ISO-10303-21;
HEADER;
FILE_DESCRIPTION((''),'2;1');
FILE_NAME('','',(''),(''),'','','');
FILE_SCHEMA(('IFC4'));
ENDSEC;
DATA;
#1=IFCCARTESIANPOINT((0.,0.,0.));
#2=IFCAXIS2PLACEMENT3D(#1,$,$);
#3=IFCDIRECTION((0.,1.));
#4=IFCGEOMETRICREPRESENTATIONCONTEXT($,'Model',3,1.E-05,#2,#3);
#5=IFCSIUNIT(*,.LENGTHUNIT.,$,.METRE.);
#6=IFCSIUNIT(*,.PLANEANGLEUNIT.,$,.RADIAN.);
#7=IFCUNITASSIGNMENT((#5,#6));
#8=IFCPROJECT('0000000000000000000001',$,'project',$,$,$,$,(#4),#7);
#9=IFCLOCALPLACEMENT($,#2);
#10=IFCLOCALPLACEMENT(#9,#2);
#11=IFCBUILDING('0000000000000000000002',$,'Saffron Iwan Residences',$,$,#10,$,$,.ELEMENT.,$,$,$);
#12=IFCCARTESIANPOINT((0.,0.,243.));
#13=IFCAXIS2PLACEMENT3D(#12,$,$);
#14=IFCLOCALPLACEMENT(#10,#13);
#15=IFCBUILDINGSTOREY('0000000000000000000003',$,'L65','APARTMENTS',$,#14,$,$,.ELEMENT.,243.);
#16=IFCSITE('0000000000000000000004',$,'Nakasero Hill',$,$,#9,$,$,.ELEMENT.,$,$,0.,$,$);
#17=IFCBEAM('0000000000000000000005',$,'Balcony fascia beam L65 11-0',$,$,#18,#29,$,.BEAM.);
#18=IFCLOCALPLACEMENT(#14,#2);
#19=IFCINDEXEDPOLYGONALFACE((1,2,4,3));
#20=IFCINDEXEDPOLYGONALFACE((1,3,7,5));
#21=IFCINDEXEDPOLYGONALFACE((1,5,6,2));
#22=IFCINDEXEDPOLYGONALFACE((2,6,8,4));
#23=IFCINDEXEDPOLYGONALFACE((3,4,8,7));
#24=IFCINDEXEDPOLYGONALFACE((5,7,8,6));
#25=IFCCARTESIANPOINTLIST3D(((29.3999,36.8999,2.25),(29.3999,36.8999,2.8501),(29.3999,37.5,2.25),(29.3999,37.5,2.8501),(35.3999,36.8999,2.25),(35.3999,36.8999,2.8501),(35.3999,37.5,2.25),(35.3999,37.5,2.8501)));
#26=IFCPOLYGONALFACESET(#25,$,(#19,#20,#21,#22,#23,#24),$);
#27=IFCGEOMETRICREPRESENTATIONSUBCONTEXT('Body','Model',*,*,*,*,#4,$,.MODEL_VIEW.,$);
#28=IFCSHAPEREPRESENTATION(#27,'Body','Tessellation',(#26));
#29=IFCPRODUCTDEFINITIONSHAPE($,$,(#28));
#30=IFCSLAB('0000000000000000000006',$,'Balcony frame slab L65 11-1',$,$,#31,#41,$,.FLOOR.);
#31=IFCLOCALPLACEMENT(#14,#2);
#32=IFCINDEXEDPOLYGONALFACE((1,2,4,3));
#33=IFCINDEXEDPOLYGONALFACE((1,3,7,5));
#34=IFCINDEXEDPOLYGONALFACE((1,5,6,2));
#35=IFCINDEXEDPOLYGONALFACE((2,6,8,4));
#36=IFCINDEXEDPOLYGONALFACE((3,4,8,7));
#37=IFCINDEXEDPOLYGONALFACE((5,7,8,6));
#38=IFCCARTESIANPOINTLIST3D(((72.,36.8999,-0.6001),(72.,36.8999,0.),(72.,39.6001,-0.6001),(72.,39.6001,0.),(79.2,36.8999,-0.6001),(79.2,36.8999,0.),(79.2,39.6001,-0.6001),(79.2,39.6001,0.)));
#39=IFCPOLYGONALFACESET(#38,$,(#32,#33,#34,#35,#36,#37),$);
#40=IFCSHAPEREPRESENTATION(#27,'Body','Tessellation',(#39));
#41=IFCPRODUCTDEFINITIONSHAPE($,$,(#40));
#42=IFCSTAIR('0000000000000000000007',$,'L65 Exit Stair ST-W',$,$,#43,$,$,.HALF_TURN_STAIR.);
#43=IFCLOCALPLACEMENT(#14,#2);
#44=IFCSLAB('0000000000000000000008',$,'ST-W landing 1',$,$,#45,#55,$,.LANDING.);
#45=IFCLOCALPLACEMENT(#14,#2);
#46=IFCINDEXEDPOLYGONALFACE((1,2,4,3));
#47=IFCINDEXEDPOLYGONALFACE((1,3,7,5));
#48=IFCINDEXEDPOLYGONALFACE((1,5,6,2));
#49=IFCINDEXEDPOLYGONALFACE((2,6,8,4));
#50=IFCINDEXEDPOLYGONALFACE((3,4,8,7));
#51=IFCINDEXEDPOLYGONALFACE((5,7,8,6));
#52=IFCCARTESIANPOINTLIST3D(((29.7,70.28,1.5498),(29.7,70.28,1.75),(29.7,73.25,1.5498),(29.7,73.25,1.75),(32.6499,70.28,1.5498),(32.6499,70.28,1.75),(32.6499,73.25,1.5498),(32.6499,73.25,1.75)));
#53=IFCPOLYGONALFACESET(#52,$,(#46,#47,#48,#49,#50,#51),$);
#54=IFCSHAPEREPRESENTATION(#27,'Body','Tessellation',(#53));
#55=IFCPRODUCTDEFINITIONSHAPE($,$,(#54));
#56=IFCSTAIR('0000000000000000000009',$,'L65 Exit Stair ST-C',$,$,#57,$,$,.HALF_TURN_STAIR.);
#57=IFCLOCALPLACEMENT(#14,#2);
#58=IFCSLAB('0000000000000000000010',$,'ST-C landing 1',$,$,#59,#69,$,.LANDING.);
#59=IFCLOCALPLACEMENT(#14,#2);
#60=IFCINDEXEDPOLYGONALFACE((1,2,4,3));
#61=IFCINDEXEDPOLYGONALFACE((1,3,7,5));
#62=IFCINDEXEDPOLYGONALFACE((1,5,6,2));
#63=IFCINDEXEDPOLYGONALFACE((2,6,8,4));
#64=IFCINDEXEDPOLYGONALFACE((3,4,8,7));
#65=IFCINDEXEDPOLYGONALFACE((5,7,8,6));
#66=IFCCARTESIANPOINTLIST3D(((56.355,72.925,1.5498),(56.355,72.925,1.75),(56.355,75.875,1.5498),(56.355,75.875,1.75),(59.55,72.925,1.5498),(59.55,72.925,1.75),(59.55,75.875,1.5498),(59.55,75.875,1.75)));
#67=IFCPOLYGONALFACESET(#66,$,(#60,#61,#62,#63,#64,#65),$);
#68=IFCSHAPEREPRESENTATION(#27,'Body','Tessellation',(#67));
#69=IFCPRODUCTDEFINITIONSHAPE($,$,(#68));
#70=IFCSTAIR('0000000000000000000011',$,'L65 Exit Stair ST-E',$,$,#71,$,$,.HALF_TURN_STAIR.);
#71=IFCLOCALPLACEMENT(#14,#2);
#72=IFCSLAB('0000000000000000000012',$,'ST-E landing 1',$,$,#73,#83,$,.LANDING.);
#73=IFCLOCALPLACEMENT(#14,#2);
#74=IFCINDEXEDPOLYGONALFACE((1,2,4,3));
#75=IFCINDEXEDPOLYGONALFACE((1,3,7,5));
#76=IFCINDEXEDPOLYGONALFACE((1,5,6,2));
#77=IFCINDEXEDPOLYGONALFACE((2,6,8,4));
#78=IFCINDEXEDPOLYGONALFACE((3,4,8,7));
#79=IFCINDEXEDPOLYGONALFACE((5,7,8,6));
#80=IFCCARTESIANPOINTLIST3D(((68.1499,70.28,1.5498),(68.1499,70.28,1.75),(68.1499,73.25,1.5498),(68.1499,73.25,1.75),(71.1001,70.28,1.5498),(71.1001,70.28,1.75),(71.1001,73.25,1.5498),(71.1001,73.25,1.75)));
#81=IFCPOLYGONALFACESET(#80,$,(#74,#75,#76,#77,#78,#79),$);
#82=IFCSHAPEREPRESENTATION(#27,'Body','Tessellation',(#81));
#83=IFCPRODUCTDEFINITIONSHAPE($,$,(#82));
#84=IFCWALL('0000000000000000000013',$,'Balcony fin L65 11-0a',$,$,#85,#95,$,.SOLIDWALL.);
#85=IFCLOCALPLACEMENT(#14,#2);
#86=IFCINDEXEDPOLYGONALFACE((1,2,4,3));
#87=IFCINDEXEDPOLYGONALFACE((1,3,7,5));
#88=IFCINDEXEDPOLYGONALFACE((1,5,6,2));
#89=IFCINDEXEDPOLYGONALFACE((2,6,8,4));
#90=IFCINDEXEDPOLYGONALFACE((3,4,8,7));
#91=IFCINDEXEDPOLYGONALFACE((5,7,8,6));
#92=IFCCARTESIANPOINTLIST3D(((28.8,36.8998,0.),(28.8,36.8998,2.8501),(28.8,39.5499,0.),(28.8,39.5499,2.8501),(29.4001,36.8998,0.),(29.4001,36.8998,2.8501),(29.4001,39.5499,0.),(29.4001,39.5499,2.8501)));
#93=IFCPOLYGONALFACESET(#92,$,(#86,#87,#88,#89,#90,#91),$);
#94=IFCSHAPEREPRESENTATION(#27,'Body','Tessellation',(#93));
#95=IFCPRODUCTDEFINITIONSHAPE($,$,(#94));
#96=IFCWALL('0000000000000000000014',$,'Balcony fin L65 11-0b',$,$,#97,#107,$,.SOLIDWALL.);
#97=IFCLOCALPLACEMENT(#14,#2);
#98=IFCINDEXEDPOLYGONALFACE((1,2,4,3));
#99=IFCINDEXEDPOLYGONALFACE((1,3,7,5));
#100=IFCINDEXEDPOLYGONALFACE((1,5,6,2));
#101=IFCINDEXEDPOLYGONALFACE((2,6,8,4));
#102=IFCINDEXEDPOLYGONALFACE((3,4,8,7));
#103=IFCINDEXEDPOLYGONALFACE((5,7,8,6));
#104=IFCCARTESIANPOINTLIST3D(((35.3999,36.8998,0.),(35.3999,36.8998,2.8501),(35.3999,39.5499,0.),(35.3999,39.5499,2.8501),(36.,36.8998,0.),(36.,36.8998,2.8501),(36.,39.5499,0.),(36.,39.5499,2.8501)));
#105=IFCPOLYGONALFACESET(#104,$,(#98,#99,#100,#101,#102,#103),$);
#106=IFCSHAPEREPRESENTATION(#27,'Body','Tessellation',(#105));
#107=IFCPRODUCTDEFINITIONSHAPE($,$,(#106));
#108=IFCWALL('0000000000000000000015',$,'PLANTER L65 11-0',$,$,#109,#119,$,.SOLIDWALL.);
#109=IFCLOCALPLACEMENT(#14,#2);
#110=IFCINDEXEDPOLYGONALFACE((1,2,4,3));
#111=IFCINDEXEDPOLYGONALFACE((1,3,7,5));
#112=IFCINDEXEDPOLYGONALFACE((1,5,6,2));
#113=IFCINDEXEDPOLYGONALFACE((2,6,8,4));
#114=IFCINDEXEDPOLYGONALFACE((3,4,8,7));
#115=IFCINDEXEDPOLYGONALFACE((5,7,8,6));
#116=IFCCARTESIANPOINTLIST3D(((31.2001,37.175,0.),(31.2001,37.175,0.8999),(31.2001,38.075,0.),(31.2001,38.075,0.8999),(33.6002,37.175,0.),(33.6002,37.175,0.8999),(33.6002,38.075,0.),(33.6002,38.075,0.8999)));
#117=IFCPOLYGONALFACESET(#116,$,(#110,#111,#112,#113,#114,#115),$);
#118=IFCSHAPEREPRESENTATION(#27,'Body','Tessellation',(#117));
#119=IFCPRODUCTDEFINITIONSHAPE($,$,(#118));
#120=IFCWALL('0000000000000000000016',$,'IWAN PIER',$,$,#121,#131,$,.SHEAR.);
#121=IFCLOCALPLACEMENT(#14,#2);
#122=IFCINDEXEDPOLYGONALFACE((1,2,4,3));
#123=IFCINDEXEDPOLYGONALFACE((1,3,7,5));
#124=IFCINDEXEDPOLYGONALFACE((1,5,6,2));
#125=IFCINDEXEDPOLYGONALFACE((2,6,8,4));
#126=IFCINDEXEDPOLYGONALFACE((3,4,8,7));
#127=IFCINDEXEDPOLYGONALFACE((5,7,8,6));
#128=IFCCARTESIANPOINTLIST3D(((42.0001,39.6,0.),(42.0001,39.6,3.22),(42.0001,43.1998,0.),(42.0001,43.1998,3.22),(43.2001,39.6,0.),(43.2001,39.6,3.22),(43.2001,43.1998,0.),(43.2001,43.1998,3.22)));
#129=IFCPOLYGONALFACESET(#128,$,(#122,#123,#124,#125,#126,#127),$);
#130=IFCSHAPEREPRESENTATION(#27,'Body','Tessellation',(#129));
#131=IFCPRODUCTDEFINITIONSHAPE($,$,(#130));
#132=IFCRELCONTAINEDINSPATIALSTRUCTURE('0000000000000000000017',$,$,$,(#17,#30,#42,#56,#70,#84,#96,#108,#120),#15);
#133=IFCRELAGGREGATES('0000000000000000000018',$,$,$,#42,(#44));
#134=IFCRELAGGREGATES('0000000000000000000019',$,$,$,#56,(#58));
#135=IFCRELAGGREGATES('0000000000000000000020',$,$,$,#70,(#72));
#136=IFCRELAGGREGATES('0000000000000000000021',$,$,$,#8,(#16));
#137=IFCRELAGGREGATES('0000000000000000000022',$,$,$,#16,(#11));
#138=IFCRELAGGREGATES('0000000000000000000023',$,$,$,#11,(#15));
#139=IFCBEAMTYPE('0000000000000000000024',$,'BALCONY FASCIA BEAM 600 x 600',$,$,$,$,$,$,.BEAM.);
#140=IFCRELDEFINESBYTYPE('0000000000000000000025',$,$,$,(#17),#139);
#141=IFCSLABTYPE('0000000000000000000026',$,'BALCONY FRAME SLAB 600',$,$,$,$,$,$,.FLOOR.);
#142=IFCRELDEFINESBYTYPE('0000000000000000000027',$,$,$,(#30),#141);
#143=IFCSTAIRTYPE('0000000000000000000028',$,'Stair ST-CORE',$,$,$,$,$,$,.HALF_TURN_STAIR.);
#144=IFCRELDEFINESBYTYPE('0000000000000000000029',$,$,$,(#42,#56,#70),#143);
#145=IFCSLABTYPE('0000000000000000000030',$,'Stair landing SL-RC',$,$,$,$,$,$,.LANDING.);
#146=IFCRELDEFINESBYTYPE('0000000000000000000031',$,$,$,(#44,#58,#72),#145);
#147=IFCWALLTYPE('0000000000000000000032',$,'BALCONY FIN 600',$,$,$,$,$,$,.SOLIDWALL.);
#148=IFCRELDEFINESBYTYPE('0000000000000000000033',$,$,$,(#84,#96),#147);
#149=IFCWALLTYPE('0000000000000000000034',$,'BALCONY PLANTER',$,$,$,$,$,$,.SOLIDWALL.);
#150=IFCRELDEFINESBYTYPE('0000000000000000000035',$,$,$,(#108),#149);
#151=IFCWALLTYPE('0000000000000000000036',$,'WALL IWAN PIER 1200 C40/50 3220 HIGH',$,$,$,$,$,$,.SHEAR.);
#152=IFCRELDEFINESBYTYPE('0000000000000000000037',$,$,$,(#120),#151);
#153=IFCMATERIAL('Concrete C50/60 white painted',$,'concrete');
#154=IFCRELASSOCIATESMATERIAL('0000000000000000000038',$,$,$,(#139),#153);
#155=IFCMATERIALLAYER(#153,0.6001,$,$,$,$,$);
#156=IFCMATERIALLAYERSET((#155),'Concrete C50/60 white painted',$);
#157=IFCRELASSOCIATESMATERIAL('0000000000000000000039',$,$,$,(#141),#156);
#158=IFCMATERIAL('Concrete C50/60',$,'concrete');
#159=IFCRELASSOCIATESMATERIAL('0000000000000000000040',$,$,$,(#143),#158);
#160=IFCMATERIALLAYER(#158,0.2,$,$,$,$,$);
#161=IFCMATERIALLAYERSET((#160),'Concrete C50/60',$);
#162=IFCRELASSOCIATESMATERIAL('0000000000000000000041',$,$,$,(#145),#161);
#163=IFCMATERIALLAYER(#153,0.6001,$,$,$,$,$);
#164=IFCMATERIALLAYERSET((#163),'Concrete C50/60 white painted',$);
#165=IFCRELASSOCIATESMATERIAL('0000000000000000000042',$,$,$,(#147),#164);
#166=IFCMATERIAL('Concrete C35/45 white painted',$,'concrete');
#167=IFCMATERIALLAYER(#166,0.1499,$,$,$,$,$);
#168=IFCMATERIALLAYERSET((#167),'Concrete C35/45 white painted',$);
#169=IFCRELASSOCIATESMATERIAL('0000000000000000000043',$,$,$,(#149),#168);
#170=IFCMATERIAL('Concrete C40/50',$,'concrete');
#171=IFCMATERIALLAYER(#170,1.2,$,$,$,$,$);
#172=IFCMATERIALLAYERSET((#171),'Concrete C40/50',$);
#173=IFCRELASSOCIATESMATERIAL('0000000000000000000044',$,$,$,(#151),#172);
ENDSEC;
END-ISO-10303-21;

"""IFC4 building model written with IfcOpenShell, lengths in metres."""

from ifc_helpers import new_model, si_unit, direction, frame, frame_2d, origin, origin_2d, place, context, subcontext, project, spatial, polyline, rectangle, outline, extrude, source, transform, mapped, material, layer, layer_set, material_profile, profile_set, type_object, element, aggregate, save


model = new_model("IFC4")

# Units and contexts
model_context = context("Model", 3, precision=1e-05, world=origin(), true_north=direction((0.0, 1.0)))
body_context = subcontext(model_context, "Body", "Model", "MODEL_VIEW")
ifc_project = project(units=[si_unit("LENGTHUNIT", "METRE"), si_unit("PLANEANGLEUNIT", "RADIAN")], contexts=[model_context])

# Site, building, storey
site_placement = place(None, origin())
site = spatial("IfcSite", under=ifc_project, at=site_placement, Name="Nakasero Hill", CompositionType="ELEMENT", RefElevation=0.0)
building_placement = place(site_placement, origin())
building = spatial("IfcBuilding", under=site, at=building_placement, Name="Saffron Iwan Residences", CompositionType="ELEMENT")
storey_placement = place(building_placement, frame((0.0, 0.0, 243.0)))
storey = spatial("IfcBuildingStorey", under=building, at=storey_placement, Name="L65", Description="APARTMENTS", CompositionType="ELEMENT", Elevation=243.0)

# Beam
ifc_material_1 = material(Name="Concrete C50/60 white painted", Category="concrete")
ifc_material_profile = material_profile(ifc_material_1, rectangle(XDim=0.6001, YDim=0.6001, at=origin_2d()), Name="BALCONY FASCIA BEAM 600 x 600")
ifc_profile_set = profile_set([ifc_material_profile], Name="Concrete C50/60 white painted")
beam_type = type_object("IfcBeamType", Name="BALCONY FASCIA BEAM 600 x 600", PredefinedType="BEAM", material=ifc_profile_set)
shared_shape = source(origin(), body_context, "Body", "SweptSolid", [
    extrude(rectangle(XDim=0.6001, YDim=0.6001, at=origin_2d()), origin(), (0.0, 0.0, 1.0), 6.0),
])
beam_placement = place(storey_placement, frame((29.3999, 37.2, 2.55), z_axis=(1.0, 0.0, 0.0), x_axis=(0.0, 1.0, 0.0)))
element("IfcBeam", 1, at=beam_placement, inside=storey, type_object=beam_type, Name="Balcony fascia beam L65 11-0", PredefinedType="BEAM", context=body_context, shape_type="MappedRepresentation", body=[
    mapped(shared_shape, transform((0.0, 0.0, 0.0))),
])

# Slab
ifc_layer_1 = layer(ifc_material_1, 0.6001)
ifc_layer_set_1 = layer_set([ifc_layer_1], Name="Concrete C50/60 white painted")
slab_type_1 = type_object("IfcSlabType", Name="BALCONY FRAME SLAB 600", PredefinedType="FLOOR", material=ifc_layer_set_1)
slab_1_placement = place(storey_placement, frame((0.0, 0.0, -0.6001)))
element("IfcSlab", 2, at=slab_1_placement, inside=storey, type_object=slab_type_1, Name="Balcony frame slab L65 11-1", PredefinedType="FLOOR", context=body_context, shape_type="SweptSolid", body=[
    extrude(outline(polyline([(72.0, 36.8999), (79.2, 36.8999), (79.2, 39.6001), (72.0, 39.6001), (72.0, 36.8999)])), origin(), (0.0, 0.0, 1.0), 0.6001),
])

# Stairs, slabs
ifc_material_2 = material(Name="Concrete C50/60", Category="concrete")
stair_type = type_object("IfcStairType", Name="Stair ST-CORE", PredefinedType="HALF_TURN_STAIR", material=ifc_material_2)
stair_1_placement = place(storey_placement, origin())
stair_1 = element("IfcStair", 3, at=stair_1_placement, inside=storey, type_object=stair_type, Name="L65 Exit Stair ST-W", PredefinedType="HALF_TURN_STAIR")
ifc_layer_2 = layer(ifc_material_2, 0.2)
ifc_layer_set_2 = layer_set([ifc_layer_2], Name="Concrete C50/60")
slab_type_2 = type_object("IfcSlabType", Name="Stair landing SL-RC", PredefinedType="LANDING", material=ifc_layer_set_2)
slab_2_placement = place(storey_placement, frame((0.0, 0.0, 1.5498)))
slab_2 = element("IfcSlab", 4, at=slab_2_placement, type_object=slab_type_2, Name="ST-W landing 1", PredefinedType="LANDING", context=body_context, shape_type="SweptSolid", body=[
    extrude(outline(polyline([(32.6499, 70.28), (32.6499, 73.25), (29.7, 73.25), (29.7, 70.28), (32.6499, 70.28)])), origin(), (0.0, 0.0, 1.0), 0.2002),
])
aggregate(stair_1, [slab_2])
stair_2_placement = place(storey_placement, origin())
stair_2 = element("IfcStair", 5, at=stair_2_placement, inside=storey, type_object=stair_type, Name="L65 Exit Stair ST-C", PredefinedType="HALF_TURN_STAIR")
slab_3_placement = place(storey_placement, frame((0.0, 0.0, 1.5498)))
slab_3 = element("IfcSlab", 6, at=slab_3_placement, type_object=slab_type_2, Name="ST-C landing 1", PredefinedType="LANDING", context=body_context, shape_type="SweptSolid", body=[
    extrude(outline(polyline([(56.355, 72.925), (59.55, 72.925), (59.55, 75.875), (56.355, 75.875), (56.355, 72.925)])), origin(), (0.0, 0.0, 1.0), 0.2002),
])
aggregate(stair_2, [slab_3])
stair_3_placement = place(storey_placement, origin())
stair_3 = element("IfcStair", 7, at=stair_3_placement, inside=storey, type_object=stair_type, Name="L65 Exit Stair ST-E", PredefinedType="HALF_TURN_STAIR")
slab_4_placement = place(storey_placement, frame((0.0, 0.0, 1.5498)))
slab_4 = element("IfcSlab", 8, at=slab_4_placement, type_object=slab_type_2, Name="ST-E landing 1", PredefinedType="LANDING", context=body_context, shape_type="SweptSolid", body=[
    extrude(outline(polyline([(71.1001, 70.28), (71.1001, 73.25), (68.1499, 73.25), (68.1499, 70.28), (71.1001, 70.28)])), origin(), (0.0, 0.0, 1.0), 0.2002),
])
aggregate(stair_3, [slab_4])

# Walls
ifc_layer_3 = layer(ifc_material_1, 0.6001)
ifc_layer_set_3 = layer_set([ifc_layer_3], Name="Concrete C50/60 white painted")
wall_type_1 = type_object("IfcWallType", Name="BALCONY FIN 600", PredefinedType="SOLIDWALL", material=ifc_layer_set_3)
for number, where, z_axis, x_axis, name in (
    (9, (29.1001, 39.55, 0.0), (0.0, 0.0, 1.0), (0.0, -1.0, 0.0), "Balcony fin L65 11-0a"),
    (10, (35.7, 39.55, 0.0), (0.0, 0.0, 1.0), (0.0, -1.0, 0.0), "Balcony fin L65 11-0b"),
):
    element("IfcWall", number, at=place(storey_placement, frame(where, z_axis=z_axis, x_axis=x_axis)), inside=storey, type_object=wall_type_1, Name=name, PredefinedType="SOLIDWALL", context=body_context, shape_type="SweptSolid", body=[
        extrude(rectangle(XDim=2.6501, YDim=0.6001, at=frame_2d((1.3252, 0.0))), origin(), (0.0, 0.0, 1.0), 2.8501),
    ])
ifc_material_3 = material(Name="Concrete C35/45 white painted", Category="concrete")
ifc_layer_4 = layer(ifc_material_3, 0.1499)
ifc_layer_set_4 = layer_set([ifc_layer_4], Name="Concrete C35/45 white painted")
wall_type_2 = type_object("IfcWallType", Name="BALCONY PLANTER", PredefinedType="SOLIDWALL", material=ifc_layer_set_4)
wall_1_placement = place(storey_placement, frame((31.2, 37.625, 0.0), z_axis=(0.0, 0.0, 1.0), x_axis=(1.0, 0.0, 0.0)))
element("IfcWall", 11, at=wall_1_placement, inside=storey, type_object=wall_type_2, Name="PLANTER L65 11-0", PredefinedType="SOLIDWALL", context=body_context, shape_type="SweptSolid", body=[
    extrude(rectangle(XDim=2.4001, YDim=0.8999, at=frame_2d((1.2002, 0.0))), origin(), (0.0, 0.0, 1.0), 0.8999),
])
ifc_material_4 = material(Name="Concrete C40/50", Category="concrete")
ifc_layer_5 = layer(ifc_material_4, 1.2)
ifc_layer_set_5 = layer_set([ifc_layer_5], Name="Concrete C40/50")
wall_type_3 = type_object("IfcWallType", Name="WALL IWAN PIER 1200 C40/50 3220 HIGH", PredefinedType="SHEAR", material=ifc_layer_set_5)
wall_2_placement = place(storey_placement, frame((42.6001, 39.6001, 0.0), z_axis=(0.0, 0.0, 1.0), x_axis=(0.0, 1.0, 0.0)))
element("IfcWall", 12, at=wall_2_placement, inside=storey, type_object=wall_type_3, Name="IWAN PIER", PredefinedType="SHEAR", context=body_context, shape_type="SweptSolid", body=[
    extrude(rectangle(XDim=3.5999, YDim=1.2, at=frame_2d((1.7998, 0.0))), origin(), (0.0, 0.0, 1.0), 3.22),
])

save(model, "model.ifc")
